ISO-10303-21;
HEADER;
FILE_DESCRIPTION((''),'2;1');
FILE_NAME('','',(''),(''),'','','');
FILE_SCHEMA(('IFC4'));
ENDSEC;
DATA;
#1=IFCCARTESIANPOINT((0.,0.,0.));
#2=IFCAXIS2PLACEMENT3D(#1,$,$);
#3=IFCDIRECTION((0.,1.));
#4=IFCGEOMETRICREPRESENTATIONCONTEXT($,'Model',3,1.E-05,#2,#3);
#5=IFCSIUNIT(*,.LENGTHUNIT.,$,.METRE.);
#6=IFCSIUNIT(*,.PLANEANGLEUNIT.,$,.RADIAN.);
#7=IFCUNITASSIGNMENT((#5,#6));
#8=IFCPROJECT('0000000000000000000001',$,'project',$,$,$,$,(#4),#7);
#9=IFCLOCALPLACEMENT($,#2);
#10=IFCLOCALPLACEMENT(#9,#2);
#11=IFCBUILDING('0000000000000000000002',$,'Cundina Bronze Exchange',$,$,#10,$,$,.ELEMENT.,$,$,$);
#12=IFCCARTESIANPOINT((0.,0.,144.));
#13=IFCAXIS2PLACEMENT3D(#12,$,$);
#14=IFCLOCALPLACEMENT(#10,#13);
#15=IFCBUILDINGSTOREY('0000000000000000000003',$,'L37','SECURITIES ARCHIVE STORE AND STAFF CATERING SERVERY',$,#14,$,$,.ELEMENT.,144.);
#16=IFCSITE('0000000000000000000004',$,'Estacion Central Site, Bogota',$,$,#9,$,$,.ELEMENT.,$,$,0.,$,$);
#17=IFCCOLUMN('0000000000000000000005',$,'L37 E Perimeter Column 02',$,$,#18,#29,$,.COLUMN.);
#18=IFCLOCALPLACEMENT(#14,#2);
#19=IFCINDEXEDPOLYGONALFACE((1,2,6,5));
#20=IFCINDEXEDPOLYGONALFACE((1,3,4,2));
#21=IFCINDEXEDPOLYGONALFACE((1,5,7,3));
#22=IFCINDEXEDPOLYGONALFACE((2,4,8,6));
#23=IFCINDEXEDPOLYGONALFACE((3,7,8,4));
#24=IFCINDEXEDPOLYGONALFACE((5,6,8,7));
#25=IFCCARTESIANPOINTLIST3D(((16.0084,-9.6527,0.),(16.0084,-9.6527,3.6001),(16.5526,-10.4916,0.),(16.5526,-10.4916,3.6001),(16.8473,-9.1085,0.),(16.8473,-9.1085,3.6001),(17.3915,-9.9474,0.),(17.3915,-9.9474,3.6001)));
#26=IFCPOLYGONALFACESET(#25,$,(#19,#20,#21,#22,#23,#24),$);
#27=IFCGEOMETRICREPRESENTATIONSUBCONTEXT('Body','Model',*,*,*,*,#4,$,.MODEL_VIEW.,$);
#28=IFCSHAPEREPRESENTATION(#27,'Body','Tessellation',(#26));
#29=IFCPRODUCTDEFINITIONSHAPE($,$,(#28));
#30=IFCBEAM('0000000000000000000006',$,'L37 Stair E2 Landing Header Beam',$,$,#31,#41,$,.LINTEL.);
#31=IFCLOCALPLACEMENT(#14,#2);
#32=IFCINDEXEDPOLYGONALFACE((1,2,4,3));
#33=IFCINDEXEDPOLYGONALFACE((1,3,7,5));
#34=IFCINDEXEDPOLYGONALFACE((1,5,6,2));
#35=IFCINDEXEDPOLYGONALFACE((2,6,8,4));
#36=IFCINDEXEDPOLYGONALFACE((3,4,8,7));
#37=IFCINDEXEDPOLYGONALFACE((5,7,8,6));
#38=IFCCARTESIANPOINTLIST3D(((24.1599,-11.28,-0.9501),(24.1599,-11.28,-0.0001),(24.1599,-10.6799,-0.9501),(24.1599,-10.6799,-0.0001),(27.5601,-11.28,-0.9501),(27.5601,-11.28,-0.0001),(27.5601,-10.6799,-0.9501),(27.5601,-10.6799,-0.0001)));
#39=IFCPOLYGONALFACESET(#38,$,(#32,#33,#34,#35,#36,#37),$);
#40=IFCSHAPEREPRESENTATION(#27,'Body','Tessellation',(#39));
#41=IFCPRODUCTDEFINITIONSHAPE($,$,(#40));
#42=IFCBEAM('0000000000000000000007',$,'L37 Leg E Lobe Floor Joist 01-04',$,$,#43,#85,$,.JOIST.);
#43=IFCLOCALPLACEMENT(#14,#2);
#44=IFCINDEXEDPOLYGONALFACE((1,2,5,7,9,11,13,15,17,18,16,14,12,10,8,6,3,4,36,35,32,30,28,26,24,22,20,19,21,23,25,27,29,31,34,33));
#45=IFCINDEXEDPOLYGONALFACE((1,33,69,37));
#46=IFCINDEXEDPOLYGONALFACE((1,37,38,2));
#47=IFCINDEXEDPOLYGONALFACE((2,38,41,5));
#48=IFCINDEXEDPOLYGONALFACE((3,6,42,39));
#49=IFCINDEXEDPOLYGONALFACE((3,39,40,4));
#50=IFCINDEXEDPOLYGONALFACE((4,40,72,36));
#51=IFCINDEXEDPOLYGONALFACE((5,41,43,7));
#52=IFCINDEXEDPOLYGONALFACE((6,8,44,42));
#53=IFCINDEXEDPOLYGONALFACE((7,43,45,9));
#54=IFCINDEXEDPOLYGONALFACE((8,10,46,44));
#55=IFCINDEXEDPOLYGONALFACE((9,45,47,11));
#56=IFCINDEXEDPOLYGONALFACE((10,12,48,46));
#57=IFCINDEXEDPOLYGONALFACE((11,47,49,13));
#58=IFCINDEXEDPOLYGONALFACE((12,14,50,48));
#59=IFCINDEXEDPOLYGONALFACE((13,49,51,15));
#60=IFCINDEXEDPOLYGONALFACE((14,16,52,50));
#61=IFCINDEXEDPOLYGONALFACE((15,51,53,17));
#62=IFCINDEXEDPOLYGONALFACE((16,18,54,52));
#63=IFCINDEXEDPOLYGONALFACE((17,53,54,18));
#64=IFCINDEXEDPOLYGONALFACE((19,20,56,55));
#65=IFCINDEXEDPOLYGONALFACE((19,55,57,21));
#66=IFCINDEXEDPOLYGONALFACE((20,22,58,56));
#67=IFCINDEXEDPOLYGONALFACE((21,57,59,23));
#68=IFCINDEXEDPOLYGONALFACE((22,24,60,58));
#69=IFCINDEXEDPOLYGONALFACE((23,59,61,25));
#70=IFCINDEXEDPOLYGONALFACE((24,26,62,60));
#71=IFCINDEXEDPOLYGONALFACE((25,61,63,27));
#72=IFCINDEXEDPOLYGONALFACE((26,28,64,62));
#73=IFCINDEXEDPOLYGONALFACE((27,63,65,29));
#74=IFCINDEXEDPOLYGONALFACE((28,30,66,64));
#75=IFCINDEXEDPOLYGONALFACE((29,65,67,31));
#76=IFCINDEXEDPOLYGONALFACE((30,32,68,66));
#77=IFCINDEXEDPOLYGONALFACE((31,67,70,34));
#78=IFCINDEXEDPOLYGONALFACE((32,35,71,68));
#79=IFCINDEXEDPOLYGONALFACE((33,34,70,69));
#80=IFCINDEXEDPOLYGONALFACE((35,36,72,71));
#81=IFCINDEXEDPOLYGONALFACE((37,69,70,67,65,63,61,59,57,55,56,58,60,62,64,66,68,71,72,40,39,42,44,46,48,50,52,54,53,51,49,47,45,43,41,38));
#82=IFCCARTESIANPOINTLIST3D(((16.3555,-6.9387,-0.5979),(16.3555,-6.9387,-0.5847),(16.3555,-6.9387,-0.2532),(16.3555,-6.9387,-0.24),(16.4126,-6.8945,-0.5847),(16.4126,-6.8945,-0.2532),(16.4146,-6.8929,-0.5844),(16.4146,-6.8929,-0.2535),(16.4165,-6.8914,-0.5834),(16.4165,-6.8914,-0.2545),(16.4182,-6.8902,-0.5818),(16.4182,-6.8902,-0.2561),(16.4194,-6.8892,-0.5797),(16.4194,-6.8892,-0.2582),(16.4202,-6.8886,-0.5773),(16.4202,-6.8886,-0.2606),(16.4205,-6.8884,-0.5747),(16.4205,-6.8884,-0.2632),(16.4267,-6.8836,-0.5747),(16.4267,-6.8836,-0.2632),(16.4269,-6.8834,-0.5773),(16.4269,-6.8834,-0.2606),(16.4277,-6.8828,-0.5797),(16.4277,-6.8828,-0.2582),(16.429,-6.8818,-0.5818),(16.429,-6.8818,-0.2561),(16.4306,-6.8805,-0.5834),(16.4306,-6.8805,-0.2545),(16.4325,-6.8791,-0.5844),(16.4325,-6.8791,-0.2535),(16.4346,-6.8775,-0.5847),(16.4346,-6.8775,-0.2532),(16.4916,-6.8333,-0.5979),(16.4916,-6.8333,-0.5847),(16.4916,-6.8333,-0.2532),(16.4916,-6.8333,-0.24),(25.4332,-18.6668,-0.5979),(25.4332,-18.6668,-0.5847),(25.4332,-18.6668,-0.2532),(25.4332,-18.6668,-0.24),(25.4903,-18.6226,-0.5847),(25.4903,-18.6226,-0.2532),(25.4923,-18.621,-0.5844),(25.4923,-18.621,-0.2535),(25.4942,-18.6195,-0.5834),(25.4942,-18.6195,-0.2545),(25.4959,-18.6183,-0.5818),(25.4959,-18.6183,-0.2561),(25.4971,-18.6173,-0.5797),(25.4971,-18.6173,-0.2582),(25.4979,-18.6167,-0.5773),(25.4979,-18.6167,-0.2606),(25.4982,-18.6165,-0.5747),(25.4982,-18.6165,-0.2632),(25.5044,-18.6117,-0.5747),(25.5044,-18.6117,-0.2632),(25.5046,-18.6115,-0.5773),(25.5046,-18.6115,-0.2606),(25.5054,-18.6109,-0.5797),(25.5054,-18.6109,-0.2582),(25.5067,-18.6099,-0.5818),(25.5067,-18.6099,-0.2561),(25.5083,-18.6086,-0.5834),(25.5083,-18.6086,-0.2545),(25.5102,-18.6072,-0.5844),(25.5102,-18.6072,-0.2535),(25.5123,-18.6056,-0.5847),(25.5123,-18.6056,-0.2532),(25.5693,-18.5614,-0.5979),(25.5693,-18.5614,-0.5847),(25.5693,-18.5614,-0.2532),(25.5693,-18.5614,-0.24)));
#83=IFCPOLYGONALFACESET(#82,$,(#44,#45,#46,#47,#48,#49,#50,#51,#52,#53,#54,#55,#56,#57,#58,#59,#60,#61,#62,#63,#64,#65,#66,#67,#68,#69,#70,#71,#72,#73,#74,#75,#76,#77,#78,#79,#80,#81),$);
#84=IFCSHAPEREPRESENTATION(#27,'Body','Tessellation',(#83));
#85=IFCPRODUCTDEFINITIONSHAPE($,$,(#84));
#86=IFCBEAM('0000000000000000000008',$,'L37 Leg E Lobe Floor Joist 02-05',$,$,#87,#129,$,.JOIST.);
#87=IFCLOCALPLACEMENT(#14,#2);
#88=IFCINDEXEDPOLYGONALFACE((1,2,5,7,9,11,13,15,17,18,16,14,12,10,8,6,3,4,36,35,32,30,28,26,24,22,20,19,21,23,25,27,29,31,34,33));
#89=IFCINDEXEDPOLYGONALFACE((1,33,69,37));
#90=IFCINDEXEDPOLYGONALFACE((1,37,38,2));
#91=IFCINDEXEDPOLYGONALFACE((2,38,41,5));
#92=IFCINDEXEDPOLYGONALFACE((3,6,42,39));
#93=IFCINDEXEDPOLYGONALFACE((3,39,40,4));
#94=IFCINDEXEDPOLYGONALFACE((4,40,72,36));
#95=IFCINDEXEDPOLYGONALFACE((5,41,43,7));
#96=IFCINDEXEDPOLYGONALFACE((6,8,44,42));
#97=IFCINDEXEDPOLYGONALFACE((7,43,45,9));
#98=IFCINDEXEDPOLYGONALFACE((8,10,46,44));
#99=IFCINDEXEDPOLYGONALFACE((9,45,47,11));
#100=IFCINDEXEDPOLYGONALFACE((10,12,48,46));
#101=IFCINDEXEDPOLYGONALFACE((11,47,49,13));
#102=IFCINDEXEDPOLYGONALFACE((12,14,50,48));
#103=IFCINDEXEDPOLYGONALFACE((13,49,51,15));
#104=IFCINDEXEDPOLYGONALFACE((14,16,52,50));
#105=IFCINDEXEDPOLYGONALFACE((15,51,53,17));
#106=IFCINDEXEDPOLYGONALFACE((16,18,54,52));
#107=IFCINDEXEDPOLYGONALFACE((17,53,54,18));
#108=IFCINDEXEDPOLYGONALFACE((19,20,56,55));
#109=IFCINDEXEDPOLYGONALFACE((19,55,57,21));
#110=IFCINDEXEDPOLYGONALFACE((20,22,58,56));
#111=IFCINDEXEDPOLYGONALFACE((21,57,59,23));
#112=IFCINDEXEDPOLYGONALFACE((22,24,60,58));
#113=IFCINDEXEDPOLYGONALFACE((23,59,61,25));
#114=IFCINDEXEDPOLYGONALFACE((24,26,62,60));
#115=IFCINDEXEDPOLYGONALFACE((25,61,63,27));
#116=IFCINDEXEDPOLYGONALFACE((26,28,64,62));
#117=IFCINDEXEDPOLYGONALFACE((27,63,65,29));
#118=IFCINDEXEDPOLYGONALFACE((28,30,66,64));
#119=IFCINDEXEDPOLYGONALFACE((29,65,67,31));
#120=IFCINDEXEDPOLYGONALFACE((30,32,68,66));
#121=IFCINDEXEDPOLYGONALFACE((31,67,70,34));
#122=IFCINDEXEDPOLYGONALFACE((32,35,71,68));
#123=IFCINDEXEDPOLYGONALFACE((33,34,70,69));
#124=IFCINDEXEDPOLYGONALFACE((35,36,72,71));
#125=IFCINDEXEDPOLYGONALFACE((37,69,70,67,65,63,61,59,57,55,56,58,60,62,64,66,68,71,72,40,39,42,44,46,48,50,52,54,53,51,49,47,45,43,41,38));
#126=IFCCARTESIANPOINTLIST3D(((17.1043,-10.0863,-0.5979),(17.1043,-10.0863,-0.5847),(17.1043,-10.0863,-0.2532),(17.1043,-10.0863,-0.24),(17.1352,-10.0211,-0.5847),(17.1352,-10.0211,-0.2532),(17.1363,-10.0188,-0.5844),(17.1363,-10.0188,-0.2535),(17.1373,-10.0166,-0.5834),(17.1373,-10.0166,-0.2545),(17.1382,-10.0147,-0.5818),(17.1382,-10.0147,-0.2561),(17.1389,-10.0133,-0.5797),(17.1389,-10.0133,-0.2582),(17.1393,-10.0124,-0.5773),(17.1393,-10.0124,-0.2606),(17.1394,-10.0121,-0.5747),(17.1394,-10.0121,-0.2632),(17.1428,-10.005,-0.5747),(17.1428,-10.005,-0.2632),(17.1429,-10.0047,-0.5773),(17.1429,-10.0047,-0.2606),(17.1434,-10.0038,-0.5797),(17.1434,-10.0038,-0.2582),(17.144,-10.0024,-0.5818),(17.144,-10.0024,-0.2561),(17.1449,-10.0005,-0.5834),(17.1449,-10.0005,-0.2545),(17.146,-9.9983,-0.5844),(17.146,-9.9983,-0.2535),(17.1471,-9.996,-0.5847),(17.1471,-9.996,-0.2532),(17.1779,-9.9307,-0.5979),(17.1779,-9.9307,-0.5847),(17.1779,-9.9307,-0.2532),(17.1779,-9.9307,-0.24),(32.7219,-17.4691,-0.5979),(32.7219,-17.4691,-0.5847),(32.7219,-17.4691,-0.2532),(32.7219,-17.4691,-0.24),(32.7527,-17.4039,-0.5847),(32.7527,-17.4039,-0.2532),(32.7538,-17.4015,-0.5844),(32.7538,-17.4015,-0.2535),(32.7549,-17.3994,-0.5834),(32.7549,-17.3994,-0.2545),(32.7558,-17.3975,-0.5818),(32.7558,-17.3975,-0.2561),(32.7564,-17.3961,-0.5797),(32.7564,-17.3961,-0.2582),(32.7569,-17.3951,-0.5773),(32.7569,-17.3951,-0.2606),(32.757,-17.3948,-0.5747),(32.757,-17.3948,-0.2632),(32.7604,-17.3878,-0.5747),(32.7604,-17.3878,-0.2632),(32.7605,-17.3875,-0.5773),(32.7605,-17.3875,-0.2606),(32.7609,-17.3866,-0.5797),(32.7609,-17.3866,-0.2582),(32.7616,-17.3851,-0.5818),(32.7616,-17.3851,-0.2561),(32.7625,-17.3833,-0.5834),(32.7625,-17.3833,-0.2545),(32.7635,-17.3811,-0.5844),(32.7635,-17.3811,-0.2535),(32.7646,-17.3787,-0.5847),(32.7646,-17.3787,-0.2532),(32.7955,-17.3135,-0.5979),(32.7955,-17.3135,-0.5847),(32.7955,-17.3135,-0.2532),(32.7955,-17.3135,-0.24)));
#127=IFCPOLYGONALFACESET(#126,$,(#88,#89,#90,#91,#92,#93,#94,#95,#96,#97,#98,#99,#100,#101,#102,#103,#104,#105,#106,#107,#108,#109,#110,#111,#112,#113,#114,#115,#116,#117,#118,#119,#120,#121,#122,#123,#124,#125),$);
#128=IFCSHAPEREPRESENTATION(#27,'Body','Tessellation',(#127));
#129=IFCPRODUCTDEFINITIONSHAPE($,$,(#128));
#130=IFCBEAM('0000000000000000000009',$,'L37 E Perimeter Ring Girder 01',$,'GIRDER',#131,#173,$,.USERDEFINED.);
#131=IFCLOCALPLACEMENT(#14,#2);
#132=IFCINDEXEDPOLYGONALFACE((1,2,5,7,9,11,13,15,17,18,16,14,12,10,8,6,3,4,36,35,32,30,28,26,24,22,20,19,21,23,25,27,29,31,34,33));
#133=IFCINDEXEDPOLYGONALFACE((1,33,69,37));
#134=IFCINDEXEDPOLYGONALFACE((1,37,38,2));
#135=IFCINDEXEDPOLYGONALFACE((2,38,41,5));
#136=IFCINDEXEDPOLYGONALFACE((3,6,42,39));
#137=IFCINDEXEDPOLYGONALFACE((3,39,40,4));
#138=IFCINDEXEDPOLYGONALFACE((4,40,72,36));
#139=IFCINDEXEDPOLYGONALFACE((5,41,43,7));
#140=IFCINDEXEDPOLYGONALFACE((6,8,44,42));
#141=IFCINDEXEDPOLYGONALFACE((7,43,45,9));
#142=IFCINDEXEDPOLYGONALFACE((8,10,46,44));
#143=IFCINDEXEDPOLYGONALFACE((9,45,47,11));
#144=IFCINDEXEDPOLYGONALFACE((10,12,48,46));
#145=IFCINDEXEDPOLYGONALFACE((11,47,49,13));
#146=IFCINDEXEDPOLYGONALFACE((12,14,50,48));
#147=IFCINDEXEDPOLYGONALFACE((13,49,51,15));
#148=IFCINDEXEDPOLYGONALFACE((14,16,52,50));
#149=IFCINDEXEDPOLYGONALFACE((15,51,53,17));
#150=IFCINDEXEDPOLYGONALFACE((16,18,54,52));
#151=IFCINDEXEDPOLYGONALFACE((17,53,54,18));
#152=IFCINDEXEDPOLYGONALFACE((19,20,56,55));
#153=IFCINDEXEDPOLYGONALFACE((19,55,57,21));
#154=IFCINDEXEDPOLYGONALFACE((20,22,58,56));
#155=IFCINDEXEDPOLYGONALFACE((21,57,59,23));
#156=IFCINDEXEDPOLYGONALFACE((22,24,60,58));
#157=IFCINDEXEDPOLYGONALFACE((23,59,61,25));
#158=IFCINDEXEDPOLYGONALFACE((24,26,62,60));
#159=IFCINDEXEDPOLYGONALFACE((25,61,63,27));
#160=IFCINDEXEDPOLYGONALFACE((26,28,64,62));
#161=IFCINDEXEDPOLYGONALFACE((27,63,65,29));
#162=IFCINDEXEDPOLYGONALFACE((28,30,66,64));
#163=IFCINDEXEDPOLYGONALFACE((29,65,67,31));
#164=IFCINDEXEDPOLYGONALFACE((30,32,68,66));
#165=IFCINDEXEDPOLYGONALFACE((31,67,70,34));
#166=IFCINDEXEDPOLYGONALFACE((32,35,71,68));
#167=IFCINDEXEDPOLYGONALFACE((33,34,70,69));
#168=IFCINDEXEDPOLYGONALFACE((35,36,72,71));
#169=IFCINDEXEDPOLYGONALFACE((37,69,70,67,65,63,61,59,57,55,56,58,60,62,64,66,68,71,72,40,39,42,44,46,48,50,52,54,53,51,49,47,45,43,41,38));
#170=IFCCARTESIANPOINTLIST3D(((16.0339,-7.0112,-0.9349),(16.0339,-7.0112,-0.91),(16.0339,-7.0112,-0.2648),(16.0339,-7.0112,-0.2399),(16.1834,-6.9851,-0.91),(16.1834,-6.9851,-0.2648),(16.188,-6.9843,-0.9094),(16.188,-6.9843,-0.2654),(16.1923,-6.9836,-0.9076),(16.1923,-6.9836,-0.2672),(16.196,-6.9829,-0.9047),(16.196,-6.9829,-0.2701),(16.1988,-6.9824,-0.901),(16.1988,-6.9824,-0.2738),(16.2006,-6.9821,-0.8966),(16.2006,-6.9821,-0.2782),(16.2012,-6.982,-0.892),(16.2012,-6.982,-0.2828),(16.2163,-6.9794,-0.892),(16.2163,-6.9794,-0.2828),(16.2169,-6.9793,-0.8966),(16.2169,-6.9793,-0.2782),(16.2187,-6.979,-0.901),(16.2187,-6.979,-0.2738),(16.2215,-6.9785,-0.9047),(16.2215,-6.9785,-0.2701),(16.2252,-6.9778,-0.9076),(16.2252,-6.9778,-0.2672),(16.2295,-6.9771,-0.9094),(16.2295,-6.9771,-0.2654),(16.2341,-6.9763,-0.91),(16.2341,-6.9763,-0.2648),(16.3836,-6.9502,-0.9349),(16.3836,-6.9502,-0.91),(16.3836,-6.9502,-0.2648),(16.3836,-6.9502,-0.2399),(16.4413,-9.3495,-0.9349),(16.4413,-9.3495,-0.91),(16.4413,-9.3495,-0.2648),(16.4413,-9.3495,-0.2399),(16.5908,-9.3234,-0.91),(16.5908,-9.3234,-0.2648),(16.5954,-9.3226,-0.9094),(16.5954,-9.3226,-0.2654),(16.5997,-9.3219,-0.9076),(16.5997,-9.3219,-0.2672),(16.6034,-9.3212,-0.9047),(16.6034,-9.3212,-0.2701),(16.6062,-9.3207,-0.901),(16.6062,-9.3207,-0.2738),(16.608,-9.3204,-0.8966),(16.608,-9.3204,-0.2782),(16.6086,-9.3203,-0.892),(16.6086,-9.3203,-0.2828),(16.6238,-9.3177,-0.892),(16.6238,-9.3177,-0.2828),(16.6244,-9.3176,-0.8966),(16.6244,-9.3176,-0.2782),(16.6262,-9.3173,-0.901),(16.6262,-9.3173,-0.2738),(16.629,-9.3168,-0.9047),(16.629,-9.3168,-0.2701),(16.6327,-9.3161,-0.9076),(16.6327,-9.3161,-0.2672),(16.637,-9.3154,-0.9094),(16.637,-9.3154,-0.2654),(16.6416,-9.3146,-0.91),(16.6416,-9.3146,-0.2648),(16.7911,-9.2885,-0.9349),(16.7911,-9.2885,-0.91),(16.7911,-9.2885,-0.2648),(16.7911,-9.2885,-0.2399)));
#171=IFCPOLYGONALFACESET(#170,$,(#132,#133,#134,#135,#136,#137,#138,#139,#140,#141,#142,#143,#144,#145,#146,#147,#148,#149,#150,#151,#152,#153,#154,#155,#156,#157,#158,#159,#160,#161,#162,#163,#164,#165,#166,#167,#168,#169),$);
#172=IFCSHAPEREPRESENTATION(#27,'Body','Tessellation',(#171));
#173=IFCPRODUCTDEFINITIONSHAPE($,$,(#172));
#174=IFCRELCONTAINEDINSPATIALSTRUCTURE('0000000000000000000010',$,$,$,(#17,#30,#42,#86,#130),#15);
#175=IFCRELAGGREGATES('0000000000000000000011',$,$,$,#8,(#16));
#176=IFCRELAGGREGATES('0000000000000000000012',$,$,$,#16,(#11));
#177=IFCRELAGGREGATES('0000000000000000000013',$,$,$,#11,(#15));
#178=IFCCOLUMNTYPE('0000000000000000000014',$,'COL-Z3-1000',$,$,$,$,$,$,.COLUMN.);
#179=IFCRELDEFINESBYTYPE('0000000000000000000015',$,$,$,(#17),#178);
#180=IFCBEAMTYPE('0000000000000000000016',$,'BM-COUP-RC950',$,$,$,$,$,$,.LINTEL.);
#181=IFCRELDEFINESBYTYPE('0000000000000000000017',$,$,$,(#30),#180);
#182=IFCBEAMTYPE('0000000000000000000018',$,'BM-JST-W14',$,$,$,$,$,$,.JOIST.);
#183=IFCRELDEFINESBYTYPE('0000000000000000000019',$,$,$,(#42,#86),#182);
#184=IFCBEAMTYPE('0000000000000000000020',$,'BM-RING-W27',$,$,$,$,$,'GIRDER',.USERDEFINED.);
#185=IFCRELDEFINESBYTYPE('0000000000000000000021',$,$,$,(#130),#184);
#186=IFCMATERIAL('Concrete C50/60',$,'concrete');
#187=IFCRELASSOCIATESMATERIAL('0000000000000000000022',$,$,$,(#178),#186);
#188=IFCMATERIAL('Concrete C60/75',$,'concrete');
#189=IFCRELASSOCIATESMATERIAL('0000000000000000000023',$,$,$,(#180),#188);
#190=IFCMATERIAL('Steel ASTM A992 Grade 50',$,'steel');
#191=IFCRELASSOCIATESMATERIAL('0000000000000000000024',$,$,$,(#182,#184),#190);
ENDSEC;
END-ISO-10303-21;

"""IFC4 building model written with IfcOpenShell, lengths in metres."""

from ifc_helpers import new_model, si_unit, direction, frame, origin, origin_2d, place, context, subcontext, project, spatial, rectangle, i_section, extrude, material, material_profile, profile_set, type_object, element, save


model = new_model("IFC4")

# Units and contexts
model_context = context("Model", 3, precision=1e-05, world=origin(), true_north=direction((0.0, 1.0)))
body_context = subcontext(model_context, "Body", "Model", "MODEL_VIEW")
ifc_project = project(units=[si_unit("LENGTHUNIT", "METRE"), si_unit("PLANEANGLEUNIT", "RADIAN")], contexts=[model_context])

# Site, building, storey
site_placement = place(None, origin())
site = spatial("IfcSite", under=ifc_project, at=site_placement, Name="Estacion Central Site, Bogota", CompositionType="ELEMENT", RefElevation=0.0)
building_placement = place(site_placement, origin())
building = spatial("IfcBuilding", under=site, at=building_placement, Name="Cundina Bronze Exchange", CompositionType="ELEMENT")
storey_placement = place(building_placement, frame((0.0, 0.0, 144.0)))
storey = spatial("IfcBuildingStorey", under=building, at=storey_placement, Name="L37", Description="SECURITIES ARCHIVE STORE AND STAFF CATERING SERVERY", CompositionType="ELEMENT", Elevation=144.0)

# Column
ifc_material_1 = material(Name="Concrete C50/60", Category="concrete")
ifc_material_profile_1 = material_profile(ifc_material_1, rectangle(XDim=1.0, YDim=1.0, at=origin_2d()), Name="RC1000X1000", Category="concrete")
ifc_profile_set_1 = profile_set([ifc_material_profile_1], Name="Concrete C50/60")
column_type = type_object("IfcColumnType", Name="COL-Z3-1000", PredefinedType="COLUMN", material=ifc_profile_set_1)
column_placement = place(storey_placement, frame((16.7, -9.8, 0.0), z_axis=(0.0, 0.0, 1.0), x_axis=(0.5442, -0.838956, 0.0)))
element("IfcColumn", 1, at=column_placement, inside=storey, type_object=column_type, Name="L37 E Perimeter Column 02", PredefinedType="COLUMN", context=body_context, shape_type="SweptSolid", body=[
    extrude(rectangle(XDim=1.0, YDim=1.0, at=origin_2d()), origin(), (0.0, 0.0, 1.0), 3.6001),
])

# Beams
ifc_material_2 = material(Name="Concrete C60/75", Category="concrete")
ifc_material_profile_2 = material_profile(ifc_material_2, rectangle(XDim=0.6001, YDim=0.95, at=origin_2d()), Name="RC600X950", Category="concrete")
ifc_profile_set_2 = profile_set([ifc_material_profile_2], Name="Concrete C60/75")
beam_type_1 = type_object("IfcBeamType", Name="BM-COUP-RC950", PredefinedType="LINTEL", material=ifc_profile_set_2)
beam_1_placement = place(storey_placement, frame((24.1599, -10.98, -0.4751), z_axis=(1.0, 0.0, 0.0), x_axis=(0.0, 1.0, 0.0)))
element("IfcBeam", 2, at=beam_1_placement, inside=storey, type_object=beam_type_1, Name="L37 Stair E2 Landing Header Beam", PredefinedType="LINTEL", context=body_context, shape_type="SweptSolid", body=[
    extrude(rectangle(XDim=0.6001, YDim=0.95, at=origin_2d()), origin(), (0.0, 0.0, 1.0), 3.4001),
])
ifc_material_3 = material(Name="Steel ASTM A992 Grade 50", Category="steel")
ifc_material_profile_3 = material_profile(ifc_material_3, i_section(OverallWidth=0.1721, OverallDepth=0.3579, WebThickness=0.0078, FlangeThickness=0.0132, FilletRadius=0.01, at=origin_2d()), Name="W14X38", Category="steel")
ifc_profile_set_3 = profile_set([ifc_material_profile_3], Name="Steel ASTM A992 Grade 50")
beam_type_2 = type_object("IfcBeamType", Name="BM-JST-W14", PredefinedType="JOIST", material=ifc_profile_set_3)
beam_2_placement = place(storey_placement, frame((16.4236, -6.886, -0.4189), z_axis=(0.612084, -0.790793, 0.0), x_axis=(0.790793, 0.612084, 0.0)))
element("IfcBeam", 3, at=beam_2_placement, inside=storey, type_object=beam_type_2, Name="L37 Leg E Lobe Floor Joist 01-04", PredefinedType="JOIST", context=body_context, shape_type="SweptSolid", body=[
    extrude(i_section(OverallWidth=0.1721, OverallDepth=0.3579, WebThickness=0.0078, FlangeThickness=0.0132, FilletRadius=0.01, at=origin_2d()), origin(), (0.0, 0.0, 1.0), 14.8308),
])
beam_3_placement = place(storey_placement, frame((17.1411, -10.0085, -0.4189), z_axis=(0.904074, -0.427375, 0.0), x_axis=(0.427375, 0.904074, 0.0)))
element("IfcBeam", 4, at=beam_3_placement, inside=storey, type_object=beam_type_2, Name="L37 Leg E Lobe Floor Joist 02-05", PredefinedType="JOIST", context=body_context, shape_type="SweptSolid", body=[
    extrude(i_section(OverallWidth=0.1721, OverallDepth=0.3579, WebThickness=0.0078, FlangeThickness=0.0132, FilletRadius=0.01, at=origin_2d()), origin(), (0.0, 0.0, 1.0), 17.2747),
])
ifc_material_profile_4 = material_profile(ifc_material_3, i_section(OverallWidth=0.355, OverallDepth=0.6951, WebThickness=0.0154, FlangeThickness=0.0249, FilletRadius=0.0181, at=origin_2d()), Name="W27X146", Category="steel")
ifc_profile_set_4 = profile_set([ifc_material_profile_4], Name="Steel ASTM A992 Grade 50")
beam_type_3 = type_object("IfcBeamType", Name="BM-RING-W27", ElementType="GIRDER", PredefinedType="USERDEFINED", material=ifc_profile_set_4)
beam_4_placement = place(storey_placement, frame((16.2087, -6.9807, -0.5874), z_axis=(0.171667, -0.985155, 0.0), x_axis=(0.985155, 0.171667, 0.0)))
element("IfcBeam", 5, at=beam_4_placement, inside=storey, type_object=beam_type_3, Name="L37 E Perimeter Ring Girder 01", ObjectType="GIRDER", PredefinedType="USERDEFINED", context=body_context, shape_type="SweptSolid", body=[
    extrude(i_section(OverallWidth=0.355, OverallDepth=0.6951, WebThickness=0.0154, FlangeThickness=0.0249, FilletRadius=0.0181, at=origin_2d()), origin(), (0.0, 0.0, 1.0), 2.3735),
])

save(model, "model.ifc")
